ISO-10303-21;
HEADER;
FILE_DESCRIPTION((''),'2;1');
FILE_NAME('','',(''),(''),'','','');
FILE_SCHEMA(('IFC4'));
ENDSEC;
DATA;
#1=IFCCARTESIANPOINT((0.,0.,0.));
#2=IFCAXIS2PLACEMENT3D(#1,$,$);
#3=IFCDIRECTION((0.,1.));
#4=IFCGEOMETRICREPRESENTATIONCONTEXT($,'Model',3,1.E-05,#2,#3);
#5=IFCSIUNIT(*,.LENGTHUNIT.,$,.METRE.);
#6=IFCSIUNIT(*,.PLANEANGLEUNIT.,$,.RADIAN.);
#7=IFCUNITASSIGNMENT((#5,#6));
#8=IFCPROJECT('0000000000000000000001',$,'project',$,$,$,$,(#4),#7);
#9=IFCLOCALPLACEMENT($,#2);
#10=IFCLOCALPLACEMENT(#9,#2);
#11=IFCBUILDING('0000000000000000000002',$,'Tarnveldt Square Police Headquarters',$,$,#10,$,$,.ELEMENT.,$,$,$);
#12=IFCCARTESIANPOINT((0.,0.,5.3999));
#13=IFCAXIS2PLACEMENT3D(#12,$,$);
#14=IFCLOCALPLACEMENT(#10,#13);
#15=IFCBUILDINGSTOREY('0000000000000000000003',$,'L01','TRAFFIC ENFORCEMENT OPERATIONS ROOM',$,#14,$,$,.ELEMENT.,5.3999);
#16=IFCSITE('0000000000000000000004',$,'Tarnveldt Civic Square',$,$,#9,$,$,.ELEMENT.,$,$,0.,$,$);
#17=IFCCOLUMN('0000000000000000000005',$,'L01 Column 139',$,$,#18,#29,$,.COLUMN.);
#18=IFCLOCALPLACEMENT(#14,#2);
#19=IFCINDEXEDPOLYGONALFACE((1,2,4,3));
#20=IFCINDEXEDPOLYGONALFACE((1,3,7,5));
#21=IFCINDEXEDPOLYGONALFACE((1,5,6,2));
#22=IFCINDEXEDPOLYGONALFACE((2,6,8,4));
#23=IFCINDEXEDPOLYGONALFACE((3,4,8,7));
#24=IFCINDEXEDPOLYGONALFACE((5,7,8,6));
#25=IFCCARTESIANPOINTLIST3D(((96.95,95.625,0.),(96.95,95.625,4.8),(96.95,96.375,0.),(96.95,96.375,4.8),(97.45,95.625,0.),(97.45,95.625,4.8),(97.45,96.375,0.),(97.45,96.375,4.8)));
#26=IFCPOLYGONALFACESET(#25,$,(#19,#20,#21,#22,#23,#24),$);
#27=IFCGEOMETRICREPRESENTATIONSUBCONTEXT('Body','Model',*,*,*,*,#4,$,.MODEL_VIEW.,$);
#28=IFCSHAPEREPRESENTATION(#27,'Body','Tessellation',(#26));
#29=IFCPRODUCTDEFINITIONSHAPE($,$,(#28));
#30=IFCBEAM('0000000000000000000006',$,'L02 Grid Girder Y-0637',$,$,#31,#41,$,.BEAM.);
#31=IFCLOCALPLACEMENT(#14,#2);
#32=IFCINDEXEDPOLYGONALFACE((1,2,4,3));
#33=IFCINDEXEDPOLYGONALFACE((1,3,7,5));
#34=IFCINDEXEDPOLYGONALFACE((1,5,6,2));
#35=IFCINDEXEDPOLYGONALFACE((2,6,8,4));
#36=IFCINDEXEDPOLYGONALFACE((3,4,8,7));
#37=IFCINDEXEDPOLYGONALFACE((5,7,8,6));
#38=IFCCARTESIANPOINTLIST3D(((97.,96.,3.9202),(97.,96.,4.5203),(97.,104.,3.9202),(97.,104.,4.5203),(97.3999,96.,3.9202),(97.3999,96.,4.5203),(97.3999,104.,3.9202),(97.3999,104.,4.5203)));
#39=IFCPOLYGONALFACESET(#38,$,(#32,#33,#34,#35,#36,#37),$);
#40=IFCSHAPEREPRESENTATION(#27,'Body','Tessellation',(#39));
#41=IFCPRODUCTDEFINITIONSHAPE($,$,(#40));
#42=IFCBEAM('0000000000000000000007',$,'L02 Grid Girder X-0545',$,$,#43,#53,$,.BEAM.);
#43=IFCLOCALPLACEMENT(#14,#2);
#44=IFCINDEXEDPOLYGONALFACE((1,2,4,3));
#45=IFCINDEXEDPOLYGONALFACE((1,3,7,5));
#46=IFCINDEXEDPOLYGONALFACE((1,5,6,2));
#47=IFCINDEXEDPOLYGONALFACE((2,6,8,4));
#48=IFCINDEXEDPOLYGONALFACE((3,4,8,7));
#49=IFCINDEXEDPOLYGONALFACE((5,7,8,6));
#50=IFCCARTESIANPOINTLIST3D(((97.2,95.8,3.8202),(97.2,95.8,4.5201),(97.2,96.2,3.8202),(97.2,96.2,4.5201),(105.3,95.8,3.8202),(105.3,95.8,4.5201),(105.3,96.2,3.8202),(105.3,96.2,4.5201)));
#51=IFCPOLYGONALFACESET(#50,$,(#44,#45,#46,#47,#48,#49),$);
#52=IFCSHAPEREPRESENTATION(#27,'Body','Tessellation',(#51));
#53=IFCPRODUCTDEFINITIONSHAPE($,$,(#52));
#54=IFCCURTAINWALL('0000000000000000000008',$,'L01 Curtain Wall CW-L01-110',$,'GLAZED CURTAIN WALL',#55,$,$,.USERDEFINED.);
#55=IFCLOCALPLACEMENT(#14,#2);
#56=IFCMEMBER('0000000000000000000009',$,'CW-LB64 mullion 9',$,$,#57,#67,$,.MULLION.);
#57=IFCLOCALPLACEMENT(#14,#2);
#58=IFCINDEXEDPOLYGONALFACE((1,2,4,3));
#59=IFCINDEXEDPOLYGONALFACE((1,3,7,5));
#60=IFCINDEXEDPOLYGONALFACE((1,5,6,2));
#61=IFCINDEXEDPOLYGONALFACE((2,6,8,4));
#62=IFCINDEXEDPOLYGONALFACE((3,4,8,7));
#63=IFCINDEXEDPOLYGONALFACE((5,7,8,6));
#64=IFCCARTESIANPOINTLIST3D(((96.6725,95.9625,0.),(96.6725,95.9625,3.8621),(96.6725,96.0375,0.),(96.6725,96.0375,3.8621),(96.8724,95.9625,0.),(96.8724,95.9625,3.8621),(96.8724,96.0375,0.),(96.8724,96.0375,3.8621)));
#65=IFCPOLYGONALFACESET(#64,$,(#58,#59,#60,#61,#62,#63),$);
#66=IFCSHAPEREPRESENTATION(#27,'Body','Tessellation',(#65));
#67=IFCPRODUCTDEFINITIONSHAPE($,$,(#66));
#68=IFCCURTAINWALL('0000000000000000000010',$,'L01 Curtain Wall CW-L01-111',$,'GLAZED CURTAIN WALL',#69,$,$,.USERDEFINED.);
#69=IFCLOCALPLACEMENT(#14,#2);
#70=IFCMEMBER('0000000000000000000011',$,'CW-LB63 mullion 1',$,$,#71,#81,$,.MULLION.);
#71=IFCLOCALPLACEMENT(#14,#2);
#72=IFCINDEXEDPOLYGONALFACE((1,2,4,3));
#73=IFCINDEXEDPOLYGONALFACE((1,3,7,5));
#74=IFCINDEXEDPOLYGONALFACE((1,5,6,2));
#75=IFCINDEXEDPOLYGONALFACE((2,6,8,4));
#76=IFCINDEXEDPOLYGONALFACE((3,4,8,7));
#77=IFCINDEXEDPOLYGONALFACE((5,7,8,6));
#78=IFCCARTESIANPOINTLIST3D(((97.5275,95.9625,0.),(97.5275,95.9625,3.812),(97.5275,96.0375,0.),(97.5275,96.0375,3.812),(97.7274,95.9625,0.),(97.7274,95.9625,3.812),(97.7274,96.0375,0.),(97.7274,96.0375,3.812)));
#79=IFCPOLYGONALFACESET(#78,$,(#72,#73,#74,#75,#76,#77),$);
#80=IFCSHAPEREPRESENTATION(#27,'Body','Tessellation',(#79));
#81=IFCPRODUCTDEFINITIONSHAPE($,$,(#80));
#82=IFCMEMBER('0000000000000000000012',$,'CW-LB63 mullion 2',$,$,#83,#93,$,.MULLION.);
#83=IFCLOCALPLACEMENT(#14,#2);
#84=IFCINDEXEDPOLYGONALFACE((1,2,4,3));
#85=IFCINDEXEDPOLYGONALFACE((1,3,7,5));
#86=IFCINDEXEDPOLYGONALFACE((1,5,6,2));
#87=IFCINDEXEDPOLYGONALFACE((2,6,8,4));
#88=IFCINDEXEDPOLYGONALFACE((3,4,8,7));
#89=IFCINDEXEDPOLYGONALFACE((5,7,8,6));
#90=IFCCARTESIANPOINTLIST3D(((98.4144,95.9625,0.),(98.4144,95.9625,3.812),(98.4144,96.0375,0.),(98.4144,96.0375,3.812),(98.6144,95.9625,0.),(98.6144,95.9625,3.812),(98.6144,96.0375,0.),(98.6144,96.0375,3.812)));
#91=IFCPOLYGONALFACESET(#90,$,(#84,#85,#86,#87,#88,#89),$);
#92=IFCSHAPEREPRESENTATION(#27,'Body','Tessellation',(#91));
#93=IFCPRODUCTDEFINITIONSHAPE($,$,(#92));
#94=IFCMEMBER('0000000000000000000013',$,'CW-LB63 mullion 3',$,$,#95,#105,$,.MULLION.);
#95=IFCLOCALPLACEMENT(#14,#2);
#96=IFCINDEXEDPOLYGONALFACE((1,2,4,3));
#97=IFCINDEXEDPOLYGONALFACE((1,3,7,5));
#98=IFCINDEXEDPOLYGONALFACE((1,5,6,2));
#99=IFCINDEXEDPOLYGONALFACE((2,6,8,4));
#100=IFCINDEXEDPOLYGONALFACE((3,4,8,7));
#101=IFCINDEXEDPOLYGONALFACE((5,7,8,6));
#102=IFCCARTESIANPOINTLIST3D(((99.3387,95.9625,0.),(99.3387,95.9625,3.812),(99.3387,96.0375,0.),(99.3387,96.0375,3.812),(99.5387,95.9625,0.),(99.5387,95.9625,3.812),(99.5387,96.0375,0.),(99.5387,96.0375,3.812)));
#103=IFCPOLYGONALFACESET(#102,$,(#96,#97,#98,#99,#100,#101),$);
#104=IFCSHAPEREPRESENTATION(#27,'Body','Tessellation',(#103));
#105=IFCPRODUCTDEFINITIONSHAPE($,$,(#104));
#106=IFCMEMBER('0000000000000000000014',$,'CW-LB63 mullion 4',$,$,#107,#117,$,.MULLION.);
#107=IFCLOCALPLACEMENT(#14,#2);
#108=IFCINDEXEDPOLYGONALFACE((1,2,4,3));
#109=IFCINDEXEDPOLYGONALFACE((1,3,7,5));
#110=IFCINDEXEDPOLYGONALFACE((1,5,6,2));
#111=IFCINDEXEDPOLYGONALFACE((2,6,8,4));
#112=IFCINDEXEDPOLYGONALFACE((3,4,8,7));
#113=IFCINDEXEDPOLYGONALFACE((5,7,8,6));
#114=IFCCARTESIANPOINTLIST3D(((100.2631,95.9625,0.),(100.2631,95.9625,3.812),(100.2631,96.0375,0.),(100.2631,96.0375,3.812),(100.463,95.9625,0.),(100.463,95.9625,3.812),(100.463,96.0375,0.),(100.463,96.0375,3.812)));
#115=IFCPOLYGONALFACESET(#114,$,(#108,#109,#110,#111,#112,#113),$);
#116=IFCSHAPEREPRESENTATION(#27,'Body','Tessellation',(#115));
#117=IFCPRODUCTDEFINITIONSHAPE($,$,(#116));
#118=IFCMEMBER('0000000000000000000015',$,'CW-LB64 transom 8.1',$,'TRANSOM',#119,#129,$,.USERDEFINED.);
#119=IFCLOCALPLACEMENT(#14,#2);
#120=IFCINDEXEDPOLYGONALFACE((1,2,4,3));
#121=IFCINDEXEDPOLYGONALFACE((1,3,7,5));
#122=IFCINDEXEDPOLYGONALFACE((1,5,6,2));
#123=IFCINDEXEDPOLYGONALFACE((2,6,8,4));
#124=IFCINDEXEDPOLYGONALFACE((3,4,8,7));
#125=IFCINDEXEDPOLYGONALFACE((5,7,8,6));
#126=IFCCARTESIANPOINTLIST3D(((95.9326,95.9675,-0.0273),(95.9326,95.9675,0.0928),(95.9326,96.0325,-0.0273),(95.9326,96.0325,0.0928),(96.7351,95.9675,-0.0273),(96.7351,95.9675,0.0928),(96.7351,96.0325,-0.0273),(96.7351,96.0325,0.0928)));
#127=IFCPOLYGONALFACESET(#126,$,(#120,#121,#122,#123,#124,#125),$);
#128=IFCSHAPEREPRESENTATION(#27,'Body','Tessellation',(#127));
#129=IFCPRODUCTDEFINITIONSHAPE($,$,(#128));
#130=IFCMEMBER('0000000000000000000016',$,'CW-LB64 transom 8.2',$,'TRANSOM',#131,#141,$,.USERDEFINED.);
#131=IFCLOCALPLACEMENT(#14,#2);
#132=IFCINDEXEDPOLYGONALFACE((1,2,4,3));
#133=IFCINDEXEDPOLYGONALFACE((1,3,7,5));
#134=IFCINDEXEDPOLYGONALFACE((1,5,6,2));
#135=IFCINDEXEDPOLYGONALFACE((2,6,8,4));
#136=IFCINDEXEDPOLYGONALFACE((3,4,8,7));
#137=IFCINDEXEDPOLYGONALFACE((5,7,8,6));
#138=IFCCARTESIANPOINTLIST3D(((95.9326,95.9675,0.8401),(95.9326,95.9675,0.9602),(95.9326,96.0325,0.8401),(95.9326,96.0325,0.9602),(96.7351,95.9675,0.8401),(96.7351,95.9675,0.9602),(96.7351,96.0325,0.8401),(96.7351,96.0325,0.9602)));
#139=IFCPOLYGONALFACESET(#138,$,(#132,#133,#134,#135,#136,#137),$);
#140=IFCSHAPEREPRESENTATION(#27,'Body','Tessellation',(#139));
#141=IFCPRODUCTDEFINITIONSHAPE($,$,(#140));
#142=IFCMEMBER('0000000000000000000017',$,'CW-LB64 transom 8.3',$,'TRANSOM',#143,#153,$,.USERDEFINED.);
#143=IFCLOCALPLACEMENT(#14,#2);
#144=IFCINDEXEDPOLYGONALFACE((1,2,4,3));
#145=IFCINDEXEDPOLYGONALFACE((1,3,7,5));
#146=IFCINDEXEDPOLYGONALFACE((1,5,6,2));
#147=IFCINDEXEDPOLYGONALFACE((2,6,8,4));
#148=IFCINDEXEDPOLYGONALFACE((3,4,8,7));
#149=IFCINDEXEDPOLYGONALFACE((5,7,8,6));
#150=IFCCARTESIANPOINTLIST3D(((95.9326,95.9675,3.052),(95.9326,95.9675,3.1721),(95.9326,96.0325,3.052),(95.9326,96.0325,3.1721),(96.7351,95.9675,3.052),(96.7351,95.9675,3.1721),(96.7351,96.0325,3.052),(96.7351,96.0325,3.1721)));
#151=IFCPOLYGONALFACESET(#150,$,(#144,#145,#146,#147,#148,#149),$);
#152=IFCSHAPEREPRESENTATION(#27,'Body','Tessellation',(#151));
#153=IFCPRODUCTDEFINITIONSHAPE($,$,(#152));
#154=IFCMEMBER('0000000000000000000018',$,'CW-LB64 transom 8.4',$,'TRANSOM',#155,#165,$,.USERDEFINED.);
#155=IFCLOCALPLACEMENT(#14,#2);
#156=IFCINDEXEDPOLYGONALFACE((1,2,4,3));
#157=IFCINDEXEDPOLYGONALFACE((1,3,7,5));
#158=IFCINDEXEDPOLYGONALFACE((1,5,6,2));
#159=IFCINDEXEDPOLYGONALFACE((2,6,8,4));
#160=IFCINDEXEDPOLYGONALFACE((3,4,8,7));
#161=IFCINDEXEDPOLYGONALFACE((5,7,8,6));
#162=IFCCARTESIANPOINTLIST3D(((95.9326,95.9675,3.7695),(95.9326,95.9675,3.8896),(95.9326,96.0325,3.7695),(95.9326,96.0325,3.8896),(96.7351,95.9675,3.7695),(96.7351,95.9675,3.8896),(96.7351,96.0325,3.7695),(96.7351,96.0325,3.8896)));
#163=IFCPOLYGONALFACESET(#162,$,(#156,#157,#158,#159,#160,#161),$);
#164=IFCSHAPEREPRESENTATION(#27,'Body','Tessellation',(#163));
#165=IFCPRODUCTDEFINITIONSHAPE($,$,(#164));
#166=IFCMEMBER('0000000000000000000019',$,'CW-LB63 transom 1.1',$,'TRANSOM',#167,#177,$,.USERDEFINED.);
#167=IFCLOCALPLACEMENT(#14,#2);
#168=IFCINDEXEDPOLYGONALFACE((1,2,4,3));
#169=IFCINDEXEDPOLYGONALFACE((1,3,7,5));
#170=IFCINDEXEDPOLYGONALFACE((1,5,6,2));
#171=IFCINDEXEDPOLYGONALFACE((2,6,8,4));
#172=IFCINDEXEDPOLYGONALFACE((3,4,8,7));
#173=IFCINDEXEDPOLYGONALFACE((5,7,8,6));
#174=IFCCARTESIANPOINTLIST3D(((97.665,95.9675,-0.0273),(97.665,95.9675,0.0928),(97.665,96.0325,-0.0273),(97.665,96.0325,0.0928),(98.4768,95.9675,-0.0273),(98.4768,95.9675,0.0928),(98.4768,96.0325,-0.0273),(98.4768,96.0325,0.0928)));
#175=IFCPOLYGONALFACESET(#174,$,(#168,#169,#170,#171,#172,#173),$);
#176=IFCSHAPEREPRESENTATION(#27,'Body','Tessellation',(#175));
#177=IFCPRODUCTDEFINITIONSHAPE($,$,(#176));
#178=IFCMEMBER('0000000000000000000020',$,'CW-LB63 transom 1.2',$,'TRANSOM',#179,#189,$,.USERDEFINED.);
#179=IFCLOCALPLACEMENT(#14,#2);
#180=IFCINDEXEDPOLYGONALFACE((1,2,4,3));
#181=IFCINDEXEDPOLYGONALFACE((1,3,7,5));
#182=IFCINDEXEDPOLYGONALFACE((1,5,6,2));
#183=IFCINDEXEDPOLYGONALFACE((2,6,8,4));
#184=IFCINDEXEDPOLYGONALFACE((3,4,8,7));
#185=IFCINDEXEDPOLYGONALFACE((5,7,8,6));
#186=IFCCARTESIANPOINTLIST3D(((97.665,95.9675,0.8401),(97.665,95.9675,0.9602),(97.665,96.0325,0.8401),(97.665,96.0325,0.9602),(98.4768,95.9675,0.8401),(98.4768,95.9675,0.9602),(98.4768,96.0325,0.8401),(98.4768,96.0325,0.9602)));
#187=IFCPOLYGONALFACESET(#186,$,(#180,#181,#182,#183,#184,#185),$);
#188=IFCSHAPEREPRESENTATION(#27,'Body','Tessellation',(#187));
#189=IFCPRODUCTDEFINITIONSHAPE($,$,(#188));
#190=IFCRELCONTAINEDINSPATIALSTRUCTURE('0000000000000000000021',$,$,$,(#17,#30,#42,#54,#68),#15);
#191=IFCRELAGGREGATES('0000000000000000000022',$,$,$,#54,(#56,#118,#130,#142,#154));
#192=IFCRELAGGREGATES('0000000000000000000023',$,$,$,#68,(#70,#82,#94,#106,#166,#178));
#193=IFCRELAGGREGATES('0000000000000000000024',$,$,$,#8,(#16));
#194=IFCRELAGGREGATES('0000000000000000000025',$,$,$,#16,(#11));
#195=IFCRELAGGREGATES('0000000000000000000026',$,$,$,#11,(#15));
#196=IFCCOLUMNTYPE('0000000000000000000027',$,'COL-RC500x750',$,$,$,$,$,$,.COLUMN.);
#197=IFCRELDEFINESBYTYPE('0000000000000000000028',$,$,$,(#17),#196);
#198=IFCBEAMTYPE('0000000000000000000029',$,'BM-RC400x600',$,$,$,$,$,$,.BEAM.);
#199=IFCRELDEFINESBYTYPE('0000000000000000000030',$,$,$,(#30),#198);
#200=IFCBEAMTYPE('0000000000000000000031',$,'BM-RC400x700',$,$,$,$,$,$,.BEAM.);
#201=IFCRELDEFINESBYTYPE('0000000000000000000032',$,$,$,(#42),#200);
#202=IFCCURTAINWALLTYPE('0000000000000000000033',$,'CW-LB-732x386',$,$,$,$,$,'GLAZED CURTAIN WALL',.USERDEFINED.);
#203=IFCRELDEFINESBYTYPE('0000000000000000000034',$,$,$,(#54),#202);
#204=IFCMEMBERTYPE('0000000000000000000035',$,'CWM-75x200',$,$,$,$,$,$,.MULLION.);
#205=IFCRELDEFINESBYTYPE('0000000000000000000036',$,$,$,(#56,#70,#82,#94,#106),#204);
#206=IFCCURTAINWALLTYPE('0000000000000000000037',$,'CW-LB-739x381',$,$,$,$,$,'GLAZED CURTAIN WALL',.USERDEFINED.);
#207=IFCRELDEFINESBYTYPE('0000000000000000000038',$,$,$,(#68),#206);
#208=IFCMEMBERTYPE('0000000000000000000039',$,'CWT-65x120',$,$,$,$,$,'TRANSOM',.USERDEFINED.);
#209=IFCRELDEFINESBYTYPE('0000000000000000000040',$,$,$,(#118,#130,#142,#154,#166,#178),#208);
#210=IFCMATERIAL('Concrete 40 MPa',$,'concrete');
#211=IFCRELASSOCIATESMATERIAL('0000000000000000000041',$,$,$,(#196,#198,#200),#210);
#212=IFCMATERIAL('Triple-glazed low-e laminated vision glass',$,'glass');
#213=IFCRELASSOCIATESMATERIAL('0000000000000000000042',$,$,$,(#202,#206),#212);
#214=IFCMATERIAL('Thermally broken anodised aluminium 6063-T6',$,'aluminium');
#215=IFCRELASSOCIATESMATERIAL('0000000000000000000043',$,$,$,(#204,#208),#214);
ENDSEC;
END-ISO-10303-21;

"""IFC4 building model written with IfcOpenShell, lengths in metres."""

from ifc_helpers import new_model, si_unit, direction, frame, origin, origin_2d, place, context, subcontext, project, spatial, rectangle, extrude, material, material_profile, profile_set, type_object, element, aggregate, save


model = new_model("IFC4")

# Units and contexts
model_context = context("Model", 3, precision=1e-05, world=origin(), true_north=direction((0.0, 1.0)))
body_context = subcontext(model_context, "Body", "Model", "MODEL_VIEW")
ifc_project = project(units=[si_unit("LENGTHUNIT", "METRE"), si_unit("PLANEANGLEUNIT", "RADIAN")], contexts=[model_context])

# Site, building, storey
site_placement = place(None, origin())
site = spatial("IfcSite", under=ifc_project, at=site_placement, Name="Tarnveldt Civic Square", CompositionType="ELEMENT", RefElevation=0.0)
building_placement = place(site_placement, origin())
building = spatial("IfcBuilding", under=site, at=building_placement, Name="Tarnveldt Square Police Headquarters", CompositionType="ELEMENT")
storey_placement = place(building_placement, frame((0.0, 0.0, 5.3999)))
storey = spatial("IfcBuildingStorey", under=building, at=storey_placement, Name="L01", Description="TRAFFIC ENFORCEMENT OPERATIONS ROOM", CompositionType="ELEMENT", Elevation=5.3999)

# Column
ifc_material_1 = material(Name="Concrete 40 MPa", Category="concrete")
ifc_material_profile_1 = material_profile(ifc_material_1, rectangle(XDim=0.5, YDim=0.75, at=origin_2d()), Name="RC-C500x750")
ifc_profile_set_1 = profile_set([ifc_material_profile_1], Name="Concrete 40 MPa")
column_type = type_object("IfcColumnType", Name="COL-RC500x750", PredefinedType="COLUMN", material=ifc_profile_set_1)
column_placement = place(storey_placement, frame((97.2, 96.0, 0.0), z_axis=(0.0, 0.0, 1.0), x_axis=(1.0, 0.0, 0.0)))
element("IfcColumn", 1, at=column_placement, inside=storey, type_object=column_type, Name="L01 Column 139", PredefinedType="COLUMN", context=body_context, shape_type="SweptSolid", body=[
    extrude(rectangle(XDim=0.5, YDim=0.75, at=origin_2d()), origin(), (0.0, 0.0, 1.0), 4.8),
])

# Beams
ifc_material_profile_2 = material_profile(ifc_material_1, rectangle(XDim=0.3999, YDim=0.6001, at=origin_2d()), Name="RC-B400x600")
ifc_profile_set_2 = profile_set([ifc_material_profile_2], Name="Concrete 40 MPa")
beam_type_1 = type_object("IfcBeamType", Name="BM-RC400x600", PredefinedType="BEAM", material=ifc_profile_set_2)
beam_1_placement = place(storey_placement, frame((97.2, 96.0, 4.2202), z_axis=(0.0, 1.0, 0.0), x_axis=(-1.0, 0.0, 0.0)))
element("IfcBeam", 2, at=beam_1_placement, inside=storey, type_object=beam_type_1, Name="L02 Grid Girder Y-0637", PredefinedType="BEAM", context=body_context, shape_type="SweptSolid", body=[
    extrude(rectangle(XDim=0.3999, YDim=0.6001, at=origin_2d()), origin(), (0.0, 0.0, 1.0), 8.0),
])
ifc_material_profile_3 = material_profile(ifc_material_1, rectangle(XDim=0.3999, YDim=0.7, at=origin_2d()), Name="RC-B400x700")
ifc_profile_set_3 = profile_set([ifc_material_profile_3], Name="Concrete 40 MPa")
beam_type_2 = type_object("IfcBeamType", Name="BM-RC400x700", PredefinedType="BEAM", material=ifc_profile_set_3)
beam_2_placement = place(storey_placement, frame((97.2, 96.0, 4.1702), z_axis=(1.0, 0.0, 0.0), x_axis=(0.0, 1.0, 0.0)))
element("IfcBeam", 3, at=beam_2_placement, inside=storey, type_object=beam_type_2, Name="L02 Grid Girder X-0545", PredefinedType="BEAM", context=body_context, shape_type="SweptSolid", body=[
    extrude(rectangle(XDim=0.3999, YDim=0.7, at=origin_2d()), origin(), (0.0, 0.0, 1.0), 8.1001),
])

# Curtain wall, member
ifc_material_2 = material(Name="Triple-glazed low-e laminated vision glass", Category="glass")
curtain_wall_type_1 = type_object("IfcCurtainWallType", Name="CW-LB-732x386", ElementType="GLAZED CURTAIN WALL", PredefinedType="USERDEFINED", material=ifc_material_2)
curtain_wall_1_placement = place(storey_placement, origin())
curtain_wall_1 = element("IfcCurtainWall", 4, at=curtain_wall_1_placement, inside=storey, type_object=curtain_wall_type_1, Name="L01 Curtain Wall CW-L01-110", ObjectType="GLAZED CURTAIN WALL", PredefinedType="USERDEFINED")
ifc_material_3 = material(Name="Thermally broken anodised aluminium 6063-T6", Category="aluminium")
ifc_material_profile_4 = material_profile(ifc_material_3, rectangle(XDim=0.075, YDim=0.2, at=origin_2d()), Name="CW-M75x200")
ifc_profile_set_4 = profile_set([ifc_material_profile_4], Name="Thermally broken anodised aluminium 6063-T6")
member_type_1 = type_object("IfcMemberType", Name="CWM-75x200", PredefinedType="MULLION", material=ifc_profile_set_4)
member_1_placement = place(storey_placement, frame((96.7725, 96.0, 0.0), z_axis=(0.0, 0.0, 1.0), x_axis=(0.0, 1.0, 0.0)))
member_1 = element("IfcMember", 5, at=member_1_placement, type_object=member_type_1, Name="CW-LB64 mullion 9", PredefinedType="MULLION", context=body_context, shape_type="SweptSolid", body=[
    extrude(rectangle(XDim=0.075, YDim=0.2, at=origin_2d()), origin(), (0.0, 0.0, 1.0), 3.8621),
])

# Curtain wall, members
curtain_wall_type_2 = type_object("IfcCurtainWallType", Name="CW-LB-739x381", ElementType="GLAZED CURTAIN WALL", PredefinedType="USERDEFINED", material=ifc_material_2)
curtain_wall_2_placement = place(storey_placement, origin())
curtain_wall_2 = element("IfcCurtainWall", 6, at=curtain_wall_2_placement, inside=storey, type_object=curtain_wall_type_2, Name="L01 Curtain Wall CW-L01-111", ObjectType="GLAZED CURTAIN WALL", PredefinedType="USERDEFINED")
member_2_placement = place(storey_placement, frame((97.6274, 96.0, 0.0), z_axis=(0.0, 0.0, 1.0), x_axis=(0.0, 1.0, 0.0)))
member_2 = element("IfcMember", 7, at=member_2_placement, type_object=member_type_1, Name="CW-LB63 mullion 1", PredefinedType="MULLION", context=body_context, shape_type="SweptSolid", body=[
    extrude(rectangle(XDim=0.075, YDim=0.2, at=origin_2d()), origin(), (0.0, 0.0, 1.0), 3.812),
])
member_3_placement = place(storey_placement, frame((98.5144, 96.0, 0.0), z_axis=(0.0, 0.0, 1.0), x_axis=(0.0, 1.0, 0.0)))
member_3 = element("IfcMember", 8, at=member_3_placement, type_object=member_type_1, Name="CW-LB63 mullion 2", PredefinedType="MULLION", context=body_context, shape_type="SweptSolid", body=[
    extrude(rectangle(XDim=0.075, YDim=0.2, at=origin_2d()), origin(), (0.0, 0.0, 1.0), 3.812),
])
member_4_placement = place(storey_placement, frame((99.4387, 96.0, 0.0), z_axis=(0.0, 0.0, 1.0), x_axis=(0.0, 1.0, 0.0)))
member_4 = element("IfcMember", 9, at=member_4_placement, type_object=member_type_1, Name="CW-LB63 mullion 3", PredefinedType="MULLION", context=body_context, shape_type="SweptSolid", body=[
    extrude(rectangle(XDim=0.075, YDim=0.2, at=origin_2d()), origin(), (0.0, 0.0, 1.0), 3.812),
])
member_5_placement = place(storey_placement, frame((100.363, 96.0, 0.0), z_axis=(0.0, 0.0, 1.0), x_axis=(0.0, 1.0, 0.0)))
member_5 = element("IfcMember", 10, at=member_5_placement, type_object=member_type_1, Name="CW-LB63 mullion 4", PredefinedType="MULLION", context=body_context, shape_type="SweptSolid", body=[
    extrude(rectangle(XDim=0.075, YDim=0.2, at=origin_2d()), origin(), (0.0, 0.0, 1.0), 3.812),
])

# Members
ifc_material_profile_5 = material_profile(ifc_material_3, rectangle(XDim=0.0649, YDim=0.1201, at=origin_2d()), Name="CW-T65x120")
ifc_profile_set_5 = profile_set([ifc_material_profile_5], Name="Thermally broken anodised aluminium 6063-T6")
member_type_2 = type_object("IfcMemberType", Name="CWT-65x120", ElementType="TRANSOM", PredefinedType="USERDEFINED", material=ifc_profile_set_5)
member_6_placement = place(storey_placement, frame((95.9326, 96.0, 0.0327), z_axis=(1.0, 0.0, 0.0), x_axis=(0.0, 1.0, 0.0)))
member_6 = element("IfcMember", 11, at=member_6_placement, type_object=member_type_2, Name="CW-LB64 transom 8.1", ObjectType="TRANSOM", PredefinedType="USERDEFINED", context=body_context, shape_type="SweptSolid", body=[
    extrude(rectangle(XDim=0.0649, YDim=0.1201, at=origin_2d()), origin(), (0.0, 0.0, 1.0), 0.8025),
])
member_7_placement = place(storey_placement, frame((95.9326, 96.0, 0.9001), z_axis=(1.0, 0.0, 0.0), x_axis=(0.0, 1.0, 0.0)))
member_7 = element("IfcMember", 12, at=member_7_placement, type_object=member_type_2, Name="CW-LB64 transom 8.2", ObjectType="TRANSOM", PredefinedType="USERDEFINED", context=body_context, shape_type="SweptSolid", body=[
    extrude(rectangle(XDim=0.0649, YDim=0.1201, at=origin_2d()), origin(), (0.0, 0.0, 1.0), 0.8025),
])
member_8_placement = place(storey_placement, frame((95.9326, 96.0, 3.1121), z_axis=(1.0, 0.0, 0.0), x_axis=(0.0, 1.0, 0.0)))
member_8 = element("IfcMember", 13, at=member_8_placement, type_object=member_type_2, Name="CW-LB64 transom 8.3", ObjectType="TRANSOM", PredefinedType="USERDEFINED", context=body_context, shape_type="SweptSolid", body=[
    extrude(rectangle(XDim=0.0649, YDim=0.1201, at=origin_2d()), origin(), (0.0, 0.0, 1.0), 0.8025),
])
member_9_placement = place(storey_placement, frame((95.9326, 96.0, 3.8296), z_axis=(1.0, 0.0, 0.0), x_axis=(0.0, 1.0, 0.0)))
member_9 = element("IfcMember", 14, at=member_9_placement, type_object=member_type_2, Name="CW-LB64 transom 8.4", ObjectType="TRANSOM", PredefinedType="USERDEFINED", context=body_context, shape_type="SweptSolid", body=[
    extrude(rectangle(XDim=0.0649, YDim=0.1201, at=origin_2d()), origin(), (0.0, 0.0, 1.0), 0.8025),
])
member_10_placement = place(storey_placement, frame((97.665, 96.0, 0.0327), z_axis=(1.0, 0.0, 0.0), x_axis=(0.0, 1.0, 0.0)))
member_10 = element("IfcMember", 15, at=member_10_placement, type_object=member_type_2, Name="CW-LB63 transom 1.1", ObjectType="TRANSOM", PredefinedType="USERDEFINED", context=body_context, shape_type="SweptSolid", body=[
    extrude(rectangle(XDim=0.0649, YDim=0.1201, at=origin_2d()), origin(), (0.0, 0.0, 1.0), 0.8118),
])
member_11_placement = place(storey_placement, frame((97.665, 96.0, 0.9001), z_axis=(1.0, 0.0, 0.0), x_axis=(0.0, 1.0, 0.0)))
member_11 = element("IfcMember", 16, at=member_11_placement, type_object=member_type_2, Name="CW-LB63 transom 1.2", ObjectType="TRANSOM", PredefinedType="USERDEFINED", context=body_context, shape_type="SweptSolid", body=[
    extrude(rectangle(XDim=0.0649, YDim=0.1201, at=origin_2d()), origin(), (0.0, 0.0, 1.0), 0.8118),
])

aggregate(curtain_wall_1, [member_1, member_6, member_7, member_8, member_9])
aggregate(curtain_wall_2, [member_2, member_3, member_4, member_5, member_10, member_11])

save(model, "model.ifc")
